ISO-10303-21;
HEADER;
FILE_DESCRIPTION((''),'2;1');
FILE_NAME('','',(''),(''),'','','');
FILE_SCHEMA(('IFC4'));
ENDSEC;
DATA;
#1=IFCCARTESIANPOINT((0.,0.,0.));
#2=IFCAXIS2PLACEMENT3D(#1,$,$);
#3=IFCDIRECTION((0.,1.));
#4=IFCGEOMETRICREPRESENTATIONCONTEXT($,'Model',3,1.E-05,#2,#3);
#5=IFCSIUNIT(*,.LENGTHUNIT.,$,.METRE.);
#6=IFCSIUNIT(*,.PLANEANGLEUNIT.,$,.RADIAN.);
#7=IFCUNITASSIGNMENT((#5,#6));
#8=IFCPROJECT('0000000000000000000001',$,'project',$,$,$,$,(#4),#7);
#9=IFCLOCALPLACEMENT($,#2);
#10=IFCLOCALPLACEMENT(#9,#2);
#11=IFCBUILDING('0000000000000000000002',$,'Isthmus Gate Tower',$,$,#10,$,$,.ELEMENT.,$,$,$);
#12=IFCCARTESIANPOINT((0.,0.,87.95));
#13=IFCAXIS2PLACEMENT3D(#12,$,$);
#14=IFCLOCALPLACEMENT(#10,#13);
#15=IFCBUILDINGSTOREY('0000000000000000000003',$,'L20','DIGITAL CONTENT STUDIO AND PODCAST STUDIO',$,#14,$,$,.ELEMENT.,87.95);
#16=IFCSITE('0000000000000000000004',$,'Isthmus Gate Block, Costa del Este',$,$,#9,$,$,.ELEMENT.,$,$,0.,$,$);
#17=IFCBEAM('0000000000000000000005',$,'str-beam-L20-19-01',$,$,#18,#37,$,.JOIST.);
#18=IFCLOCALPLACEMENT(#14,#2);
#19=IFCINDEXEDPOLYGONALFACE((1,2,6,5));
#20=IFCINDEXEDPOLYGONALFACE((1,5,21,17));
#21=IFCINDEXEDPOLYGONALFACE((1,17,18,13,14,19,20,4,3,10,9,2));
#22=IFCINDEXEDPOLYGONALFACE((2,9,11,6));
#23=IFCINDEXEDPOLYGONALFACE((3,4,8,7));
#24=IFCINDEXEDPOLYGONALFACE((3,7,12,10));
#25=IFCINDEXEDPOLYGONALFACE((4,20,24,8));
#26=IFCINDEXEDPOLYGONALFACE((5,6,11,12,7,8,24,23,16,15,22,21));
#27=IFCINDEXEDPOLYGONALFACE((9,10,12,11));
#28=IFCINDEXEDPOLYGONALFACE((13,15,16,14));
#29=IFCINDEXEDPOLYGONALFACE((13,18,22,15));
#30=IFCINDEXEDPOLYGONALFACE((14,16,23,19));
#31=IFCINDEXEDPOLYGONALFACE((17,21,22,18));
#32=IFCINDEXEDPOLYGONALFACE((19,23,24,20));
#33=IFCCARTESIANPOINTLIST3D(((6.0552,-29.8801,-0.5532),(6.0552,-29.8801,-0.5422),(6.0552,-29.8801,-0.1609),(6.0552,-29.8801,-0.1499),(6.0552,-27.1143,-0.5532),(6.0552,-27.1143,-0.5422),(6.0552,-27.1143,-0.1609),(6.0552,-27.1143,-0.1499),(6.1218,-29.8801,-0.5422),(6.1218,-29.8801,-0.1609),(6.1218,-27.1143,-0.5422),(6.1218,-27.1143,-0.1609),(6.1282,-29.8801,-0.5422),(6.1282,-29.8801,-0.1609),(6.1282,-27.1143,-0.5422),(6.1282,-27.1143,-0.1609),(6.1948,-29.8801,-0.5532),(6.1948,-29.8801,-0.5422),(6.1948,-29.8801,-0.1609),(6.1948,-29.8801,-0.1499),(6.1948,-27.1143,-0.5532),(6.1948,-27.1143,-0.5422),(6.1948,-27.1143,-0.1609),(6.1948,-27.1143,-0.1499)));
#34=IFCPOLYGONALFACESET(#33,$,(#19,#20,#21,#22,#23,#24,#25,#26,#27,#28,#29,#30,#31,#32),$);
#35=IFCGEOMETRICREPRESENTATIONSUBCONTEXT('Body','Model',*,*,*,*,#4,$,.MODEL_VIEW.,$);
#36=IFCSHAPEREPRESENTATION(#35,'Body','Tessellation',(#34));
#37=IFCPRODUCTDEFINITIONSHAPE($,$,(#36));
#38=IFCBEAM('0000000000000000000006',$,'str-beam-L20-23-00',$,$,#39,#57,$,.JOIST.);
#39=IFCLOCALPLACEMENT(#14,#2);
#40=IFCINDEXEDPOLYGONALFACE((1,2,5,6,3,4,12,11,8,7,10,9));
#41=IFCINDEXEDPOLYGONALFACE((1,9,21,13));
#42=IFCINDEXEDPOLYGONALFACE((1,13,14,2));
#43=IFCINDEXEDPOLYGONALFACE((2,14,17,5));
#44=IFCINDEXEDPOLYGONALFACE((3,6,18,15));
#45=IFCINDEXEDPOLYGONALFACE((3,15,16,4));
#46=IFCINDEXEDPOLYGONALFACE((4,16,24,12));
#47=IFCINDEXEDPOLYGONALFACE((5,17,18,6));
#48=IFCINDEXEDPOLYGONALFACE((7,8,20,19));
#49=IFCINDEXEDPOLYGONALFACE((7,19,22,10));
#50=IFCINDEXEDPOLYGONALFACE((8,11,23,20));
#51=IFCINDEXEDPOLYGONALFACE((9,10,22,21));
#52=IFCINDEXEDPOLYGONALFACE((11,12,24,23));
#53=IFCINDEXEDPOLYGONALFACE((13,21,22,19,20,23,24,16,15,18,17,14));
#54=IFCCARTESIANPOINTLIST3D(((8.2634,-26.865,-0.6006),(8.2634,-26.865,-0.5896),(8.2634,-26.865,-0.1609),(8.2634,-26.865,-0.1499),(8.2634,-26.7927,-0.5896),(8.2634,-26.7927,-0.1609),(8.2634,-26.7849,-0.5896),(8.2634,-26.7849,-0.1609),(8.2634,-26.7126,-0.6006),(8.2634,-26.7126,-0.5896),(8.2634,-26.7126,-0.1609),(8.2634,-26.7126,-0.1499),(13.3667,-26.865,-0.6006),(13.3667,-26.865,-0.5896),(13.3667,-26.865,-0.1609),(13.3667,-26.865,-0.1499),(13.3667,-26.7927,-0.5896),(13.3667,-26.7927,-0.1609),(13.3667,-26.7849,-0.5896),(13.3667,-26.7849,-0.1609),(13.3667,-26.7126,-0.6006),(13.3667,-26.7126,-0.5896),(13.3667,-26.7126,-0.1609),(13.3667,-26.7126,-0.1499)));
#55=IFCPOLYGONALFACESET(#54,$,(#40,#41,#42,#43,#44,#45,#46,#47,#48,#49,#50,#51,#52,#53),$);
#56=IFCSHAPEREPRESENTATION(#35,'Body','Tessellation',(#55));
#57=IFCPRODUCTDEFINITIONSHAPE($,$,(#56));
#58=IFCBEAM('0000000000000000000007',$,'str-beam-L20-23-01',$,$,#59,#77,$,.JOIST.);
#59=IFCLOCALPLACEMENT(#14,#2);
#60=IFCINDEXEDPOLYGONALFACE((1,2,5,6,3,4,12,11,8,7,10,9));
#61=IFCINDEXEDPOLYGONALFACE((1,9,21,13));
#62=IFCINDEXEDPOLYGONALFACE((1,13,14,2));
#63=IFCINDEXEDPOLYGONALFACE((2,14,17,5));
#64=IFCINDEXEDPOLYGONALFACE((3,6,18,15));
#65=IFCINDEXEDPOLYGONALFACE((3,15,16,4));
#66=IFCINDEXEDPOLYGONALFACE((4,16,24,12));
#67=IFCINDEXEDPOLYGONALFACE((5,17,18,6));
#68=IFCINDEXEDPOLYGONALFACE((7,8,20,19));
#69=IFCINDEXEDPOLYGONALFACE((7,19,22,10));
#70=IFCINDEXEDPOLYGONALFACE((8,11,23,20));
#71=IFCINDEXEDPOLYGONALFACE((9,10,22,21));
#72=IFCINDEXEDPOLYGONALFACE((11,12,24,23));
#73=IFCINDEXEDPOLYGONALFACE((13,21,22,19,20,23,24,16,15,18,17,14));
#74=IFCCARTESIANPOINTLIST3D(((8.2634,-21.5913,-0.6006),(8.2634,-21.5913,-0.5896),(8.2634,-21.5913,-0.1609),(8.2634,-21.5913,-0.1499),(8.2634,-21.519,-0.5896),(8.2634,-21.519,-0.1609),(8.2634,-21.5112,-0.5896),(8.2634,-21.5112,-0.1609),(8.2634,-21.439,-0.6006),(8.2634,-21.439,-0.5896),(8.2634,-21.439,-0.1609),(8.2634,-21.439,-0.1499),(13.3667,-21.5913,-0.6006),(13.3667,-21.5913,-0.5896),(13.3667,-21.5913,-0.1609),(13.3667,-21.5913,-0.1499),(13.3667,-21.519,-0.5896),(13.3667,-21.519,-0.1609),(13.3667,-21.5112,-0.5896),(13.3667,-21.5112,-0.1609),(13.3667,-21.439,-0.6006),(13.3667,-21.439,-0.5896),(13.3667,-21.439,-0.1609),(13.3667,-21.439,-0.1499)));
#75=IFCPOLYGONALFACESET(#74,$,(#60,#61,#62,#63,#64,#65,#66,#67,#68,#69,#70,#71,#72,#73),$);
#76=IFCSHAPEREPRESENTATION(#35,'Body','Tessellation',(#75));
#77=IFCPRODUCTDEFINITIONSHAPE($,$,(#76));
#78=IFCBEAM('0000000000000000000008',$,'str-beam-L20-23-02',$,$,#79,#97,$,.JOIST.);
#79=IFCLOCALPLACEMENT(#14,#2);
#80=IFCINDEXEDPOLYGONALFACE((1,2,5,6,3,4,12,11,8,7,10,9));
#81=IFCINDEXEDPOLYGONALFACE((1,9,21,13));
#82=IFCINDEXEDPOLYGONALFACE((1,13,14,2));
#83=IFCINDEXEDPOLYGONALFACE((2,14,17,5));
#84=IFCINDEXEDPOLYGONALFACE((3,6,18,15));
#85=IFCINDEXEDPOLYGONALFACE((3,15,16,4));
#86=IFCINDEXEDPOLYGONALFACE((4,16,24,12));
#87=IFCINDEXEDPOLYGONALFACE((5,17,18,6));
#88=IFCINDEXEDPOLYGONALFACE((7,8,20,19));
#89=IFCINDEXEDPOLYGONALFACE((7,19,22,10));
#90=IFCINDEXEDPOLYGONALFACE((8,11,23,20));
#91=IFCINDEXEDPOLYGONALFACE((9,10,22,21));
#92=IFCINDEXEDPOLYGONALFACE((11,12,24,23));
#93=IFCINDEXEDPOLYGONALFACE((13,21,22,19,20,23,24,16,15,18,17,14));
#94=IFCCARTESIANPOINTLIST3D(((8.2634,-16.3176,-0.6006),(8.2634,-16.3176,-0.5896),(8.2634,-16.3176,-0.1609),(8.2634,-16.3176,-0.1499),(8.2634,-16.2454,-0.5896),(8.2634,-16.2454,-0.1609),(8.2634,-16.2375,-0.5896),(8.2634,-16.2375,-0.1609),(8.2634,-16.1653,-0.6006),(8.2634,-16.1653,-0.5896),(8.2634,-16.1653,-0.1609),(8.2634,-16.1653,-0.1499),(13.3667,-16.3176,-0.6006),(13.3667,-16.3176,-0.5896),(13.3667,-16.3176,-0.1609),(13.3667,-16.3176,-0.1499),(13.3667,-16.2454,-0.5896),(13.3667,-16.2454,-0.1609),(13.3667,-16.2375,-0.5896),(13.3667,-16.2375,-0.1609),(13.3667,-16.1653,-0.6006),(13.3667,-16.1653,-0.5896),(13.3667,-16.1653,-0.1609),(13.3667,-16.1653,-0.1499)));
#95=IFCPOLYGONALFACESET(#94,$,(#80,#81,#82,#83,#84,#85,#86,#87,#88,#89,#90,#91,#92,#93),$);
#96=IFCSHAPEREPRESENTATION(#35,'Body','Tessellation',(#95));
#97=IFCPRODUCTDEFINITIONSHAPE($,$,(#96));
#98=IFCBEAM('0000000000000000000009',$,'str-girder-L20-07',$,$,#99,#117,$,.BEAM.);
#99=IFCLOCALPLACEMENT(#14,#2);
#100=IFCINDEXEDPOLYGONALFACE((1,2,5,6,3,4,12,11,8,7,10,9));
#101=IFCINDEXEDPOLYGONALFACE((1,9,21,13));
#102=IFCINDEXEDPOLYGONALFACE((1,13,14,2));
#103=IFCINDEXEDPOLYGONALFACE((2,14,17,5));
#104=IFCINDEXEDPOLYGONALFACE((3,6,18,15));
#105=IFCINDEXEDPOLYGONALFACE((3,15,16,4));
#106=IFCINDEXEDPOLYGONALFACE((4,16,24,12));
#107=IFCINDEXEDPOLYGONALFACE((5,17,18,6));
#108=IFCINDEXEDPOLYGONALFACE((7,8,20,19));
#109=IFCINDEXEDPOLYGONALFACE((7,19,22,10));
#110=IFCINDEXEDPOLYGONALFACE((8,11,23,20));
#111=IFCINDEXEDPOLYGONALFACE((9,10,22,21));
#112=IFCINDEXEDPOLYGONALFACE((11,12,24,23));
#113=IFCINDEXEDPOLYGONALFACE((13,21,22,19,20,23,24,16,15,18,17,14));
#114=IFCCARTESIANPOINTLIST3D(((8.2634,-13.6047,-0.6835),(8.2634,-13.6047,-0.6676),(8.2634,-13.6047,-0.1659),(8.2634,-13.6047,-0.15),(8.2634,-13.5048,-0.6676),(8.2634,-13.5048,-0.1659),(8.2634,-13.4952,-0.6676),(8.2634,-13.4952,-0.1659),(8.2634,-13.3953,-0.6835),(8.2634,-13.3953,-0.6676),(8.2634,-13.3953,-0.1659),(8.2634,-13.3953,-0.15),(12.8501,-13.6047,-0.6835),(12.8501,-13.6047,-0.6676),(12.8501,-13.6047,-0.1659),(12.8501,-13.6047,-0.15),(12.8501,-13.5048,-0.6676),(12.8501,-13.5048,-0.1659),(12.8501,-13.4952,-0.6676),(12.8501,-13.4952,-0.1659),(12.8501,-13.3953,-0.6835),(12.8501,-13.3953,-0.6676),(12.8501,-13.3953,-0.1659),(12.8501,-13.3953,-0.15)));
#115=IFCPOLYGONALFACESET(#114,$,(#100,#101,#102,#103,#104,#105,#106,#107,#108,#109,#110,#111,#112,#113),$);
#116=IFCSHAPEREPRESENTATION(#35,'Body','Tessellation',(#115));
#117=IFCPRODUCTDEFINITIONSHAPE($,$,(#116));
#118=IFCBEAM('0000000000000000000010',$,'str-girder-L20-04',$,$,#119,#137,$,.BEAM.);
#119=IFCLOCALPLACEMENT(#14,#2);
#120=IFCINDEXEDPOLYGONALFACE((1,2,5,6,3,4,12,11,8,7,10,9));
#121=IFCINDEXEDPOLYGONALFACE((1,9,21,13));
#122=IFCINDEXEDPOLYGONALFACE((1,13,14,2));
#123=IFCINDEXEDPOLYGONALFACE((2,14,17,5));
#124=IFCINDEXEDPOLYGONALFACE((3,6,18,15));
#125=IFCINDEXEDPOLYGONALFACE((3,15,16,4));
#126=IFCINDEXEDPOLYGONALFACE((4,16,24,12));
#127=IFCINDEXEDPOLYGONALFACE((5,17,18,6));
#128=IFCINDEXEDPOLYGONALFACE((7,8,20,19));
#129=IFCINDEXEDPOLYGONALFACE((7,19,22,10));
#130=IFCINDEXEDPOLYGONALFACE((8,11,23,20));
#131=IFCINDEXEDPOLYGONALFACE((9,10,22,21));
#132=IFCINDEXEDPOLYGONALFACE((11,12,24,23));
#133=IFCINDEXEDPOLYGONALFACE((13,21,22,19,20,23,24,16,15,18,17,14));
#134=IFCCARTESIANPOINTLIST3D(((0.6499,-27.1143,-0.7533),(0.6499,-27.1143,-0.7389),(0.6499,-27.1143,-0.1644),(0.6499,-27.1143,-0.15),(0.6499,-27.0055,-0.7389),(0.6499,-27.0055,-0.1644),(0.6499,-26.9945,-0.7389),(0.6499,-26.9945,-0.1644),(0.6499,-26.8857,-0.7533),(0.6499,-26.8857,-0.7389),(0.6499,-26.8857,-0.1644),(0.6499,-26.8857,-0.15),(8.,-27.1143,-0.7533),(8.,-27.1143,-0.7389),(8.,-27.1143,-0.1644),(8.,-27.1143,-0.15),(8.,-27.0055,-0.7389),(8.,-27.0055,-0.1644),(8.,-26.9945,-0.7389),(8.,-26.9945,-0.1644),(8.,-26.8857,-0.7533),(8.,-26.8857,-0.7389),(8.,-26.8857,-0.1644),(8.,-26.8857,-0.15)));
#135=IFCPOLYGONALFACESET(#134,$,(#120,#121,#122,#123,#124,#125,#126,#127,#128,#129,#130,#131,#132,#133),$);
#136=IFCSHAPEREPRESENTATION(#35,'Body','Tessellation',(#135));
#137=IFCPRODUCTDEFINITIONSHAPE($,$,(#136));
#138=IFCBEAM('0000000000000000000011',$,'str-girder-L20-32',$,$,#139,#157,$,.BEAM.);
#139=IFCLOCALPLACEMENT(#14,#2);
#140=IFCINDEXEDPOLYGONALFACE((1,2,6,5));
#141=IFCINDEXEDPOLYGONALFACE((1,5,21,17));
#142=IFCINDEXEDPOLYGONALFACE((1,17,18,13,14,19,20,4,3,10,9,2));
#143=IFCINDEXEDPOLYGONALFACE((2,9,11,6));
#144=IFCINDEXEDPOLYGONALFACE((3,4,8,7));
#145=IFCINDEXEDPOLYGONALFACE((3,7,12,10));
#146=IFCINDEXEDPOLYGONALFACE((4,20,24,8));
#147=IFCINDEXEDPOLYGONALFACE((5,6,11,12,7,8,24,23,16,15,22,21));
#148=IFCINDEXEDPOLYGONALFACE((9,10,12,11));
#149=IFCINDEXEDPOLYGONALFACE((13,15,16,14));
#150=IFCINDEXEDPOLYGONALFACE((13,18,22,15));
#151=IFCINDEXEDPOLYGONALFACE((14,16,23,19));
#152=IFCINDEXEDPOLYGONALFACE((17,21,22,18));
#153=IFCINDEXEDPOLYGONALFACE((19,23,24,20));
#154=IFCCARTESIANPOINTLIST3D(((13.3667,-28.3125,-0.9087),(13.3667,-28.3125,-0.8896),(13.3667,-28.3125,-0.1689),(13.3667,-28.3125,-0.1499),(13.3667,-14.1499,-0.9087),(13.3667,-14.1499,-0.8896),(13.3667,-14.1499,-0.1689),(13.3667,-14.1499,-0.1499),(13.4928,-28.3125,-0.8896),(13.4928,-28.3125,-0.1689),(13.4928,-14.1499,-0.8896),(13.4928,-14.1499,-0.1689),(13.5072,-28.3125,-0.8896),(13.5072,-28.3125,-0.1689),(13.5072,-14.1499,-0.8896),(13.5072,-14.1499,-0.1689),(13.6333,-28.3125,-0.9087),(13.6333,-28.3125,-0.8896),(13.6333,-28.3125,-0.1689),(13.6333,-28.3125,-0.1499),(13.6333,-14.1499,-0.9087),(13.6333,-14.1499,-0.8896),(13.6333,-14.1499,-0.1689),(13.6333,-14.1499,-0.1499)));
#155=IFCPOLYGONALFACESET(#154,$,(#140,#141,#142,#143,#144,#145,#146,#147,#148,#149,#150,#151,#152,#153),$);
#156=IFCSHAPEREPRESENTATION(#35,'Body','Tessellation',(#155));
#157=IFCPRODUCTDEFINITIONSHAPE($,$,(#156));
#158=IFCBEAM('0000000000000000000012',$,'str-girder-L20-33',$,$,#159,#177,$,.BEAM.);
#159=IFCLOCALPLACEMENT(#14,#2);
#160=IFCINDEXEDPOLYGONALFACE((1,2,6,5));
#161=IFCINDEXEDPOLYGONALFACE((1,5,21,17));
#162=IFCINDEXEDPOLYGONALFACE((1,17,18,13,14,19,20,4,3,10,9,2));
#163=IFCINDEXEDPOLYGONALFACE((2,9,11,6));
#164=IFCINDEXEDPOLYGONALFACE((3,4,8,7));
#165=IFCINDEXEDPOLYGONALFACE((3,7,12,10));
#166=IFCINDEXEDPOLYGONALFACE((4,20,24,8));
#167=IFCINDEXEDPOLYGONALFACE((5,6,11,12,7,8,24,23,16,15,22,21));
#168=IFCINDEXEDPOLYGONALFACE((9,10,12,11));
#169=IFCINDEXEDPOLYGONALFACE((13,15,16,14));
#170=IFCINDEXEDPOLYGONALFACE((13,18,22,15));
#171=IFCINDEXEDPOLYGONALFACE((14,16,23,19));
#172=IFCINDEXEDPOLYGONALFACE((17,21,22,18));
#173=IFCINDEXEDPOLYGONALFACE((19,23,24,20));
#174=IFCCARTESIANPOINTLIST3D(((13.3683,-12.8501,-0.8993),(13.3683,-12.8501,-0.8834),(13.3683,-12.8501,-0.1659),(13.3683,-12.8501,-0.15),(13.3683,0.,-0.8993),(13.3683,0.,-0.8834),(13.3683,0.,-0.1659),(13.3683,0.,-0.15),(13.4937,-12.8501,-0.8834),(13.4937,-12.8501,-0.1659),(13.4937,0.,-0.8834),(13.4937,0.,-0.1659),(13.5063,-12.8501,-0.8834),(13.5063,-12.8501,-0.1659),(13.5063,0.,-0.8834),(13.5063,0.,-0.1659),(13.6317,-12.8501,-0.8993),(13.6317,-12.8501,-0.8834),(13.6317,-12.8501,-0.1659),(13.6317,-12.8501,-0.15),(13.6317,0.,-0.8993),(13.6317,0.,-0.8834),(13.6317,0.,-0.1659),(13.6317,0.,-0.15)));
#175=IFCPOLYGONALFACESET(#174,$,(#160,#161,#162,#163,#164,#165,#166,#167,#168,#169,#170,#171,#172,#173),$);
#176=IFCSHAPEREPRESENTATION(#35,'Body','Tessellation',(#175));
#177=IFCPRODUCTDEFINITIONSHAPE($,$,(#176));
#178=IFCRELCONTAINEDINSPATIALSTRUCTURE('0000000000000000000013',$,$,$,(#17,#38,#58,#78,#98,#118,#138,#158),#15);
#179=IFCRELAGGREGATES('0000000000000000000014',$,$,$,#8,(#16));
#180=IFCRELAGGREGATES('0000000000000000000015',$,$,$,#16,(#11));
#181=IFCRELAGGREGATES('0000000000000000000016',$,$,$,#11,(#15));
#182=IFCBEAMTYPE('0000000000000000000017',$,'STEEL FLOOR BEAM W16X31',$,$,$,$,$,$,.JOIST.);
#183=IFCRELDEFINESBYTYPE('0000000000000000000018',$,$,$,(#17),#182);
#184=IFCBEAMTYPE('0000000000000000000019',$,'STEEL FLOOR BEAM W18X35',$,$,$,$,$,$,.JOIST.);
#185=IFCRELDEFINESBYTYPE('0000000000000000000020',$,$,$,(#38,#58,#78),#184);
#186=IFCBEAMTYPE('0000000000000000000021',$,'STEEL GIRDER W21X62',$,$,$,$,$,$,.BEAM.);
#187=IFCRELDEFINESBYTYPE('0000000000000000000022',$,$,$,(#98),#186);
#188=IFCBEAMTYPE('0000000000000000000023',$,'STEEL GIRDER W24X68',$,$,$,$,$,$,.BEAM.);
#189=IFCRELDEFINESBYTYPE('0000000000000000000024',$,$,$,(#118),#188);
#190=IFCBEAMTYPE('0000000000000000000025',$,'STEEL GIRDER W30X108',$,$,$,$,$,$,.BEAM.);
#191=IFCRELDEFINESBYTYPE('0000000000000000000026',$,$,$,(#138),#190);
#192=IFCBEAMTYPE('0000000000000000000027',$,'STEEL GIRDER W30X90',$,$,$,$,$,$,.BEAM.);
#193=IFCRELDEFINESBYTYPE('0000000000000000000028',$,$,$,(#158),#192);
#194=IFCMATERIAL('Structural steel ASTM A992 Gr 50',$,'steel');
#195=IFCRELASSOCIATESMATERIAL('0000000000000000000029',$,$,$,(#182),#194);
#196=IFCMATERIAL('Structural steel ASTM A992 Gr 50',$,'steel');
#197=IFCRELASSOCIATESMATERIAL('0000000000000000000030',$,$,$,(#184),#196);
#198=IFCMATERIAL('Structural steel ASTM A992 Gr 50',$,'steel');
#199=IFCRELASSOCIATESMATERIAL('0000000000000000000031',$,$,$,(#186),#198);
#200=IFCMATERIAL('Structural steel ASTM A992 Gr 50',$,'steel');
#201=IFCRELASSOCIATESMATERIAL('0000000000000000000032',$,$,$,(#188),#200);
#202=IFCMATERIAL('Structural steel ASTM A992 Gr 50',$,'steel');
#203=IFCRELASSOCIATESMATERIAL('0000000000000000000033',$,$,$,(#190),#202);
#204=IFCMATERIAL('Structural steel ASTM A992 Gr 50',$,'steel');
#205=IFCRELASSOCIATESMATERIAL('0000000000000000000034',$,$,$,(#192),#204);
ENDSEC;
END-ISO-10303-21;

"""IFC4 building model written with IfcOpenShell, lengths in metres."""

from ifc_helpers import new_model, si_unit, direction, frame, origin, origin_2d, place, context, subcontext, project, spatial, i_section, extrude, material, material_profile, profile_set, type_object, element, save


model = new_model("IFC4")

# Units and contexts
model_context = context("Model", 3, precision=1e-05, world=origin(), true_north=direction((0.0, 1.0)))
body_context = subcontext(model_context, "Body", "Model", "MODEL_VIEW")
ifc_project = project(units=[si_unit("LENGTHUNIT", "METRE"), si_unit("PLANEANGLEUNIT", "RADIAN")], contexts=[model_context])

# Site, building, storey
site_placement = place(None, origin())
site = spatial("IfcSite", under=ifc_project, at=site_placement, Name="Isthmus Gate Block, Costa del Este", CompositionType="ELEMENT", RefElevation=0.0)
building_placement = place(site_placement, origin())
building = spatial("IfcBuilding", under=site, at=building_placement, Name="Isthmus Gate Tower", CompositionType="ELEMENT")
storey_placement = place(building_placement, frame((0.0, 0.0, 87.95)))
storey = spatial("IfcBuildingStorey", under=building, at=storey_placement, Name="L20", Description="DIGITAL CONTENT STUDIO AND PODCAST STUDIO", CompositionType="ELEMENT", Elevation=87.95)

# Beams
ifc_material_1 = material(Name="Structural steel ASTM A992 Gr 50", Category="steel")
ifc_material_profile_1 = material_profile(ifc_material_1, i_section(OverallWidth=0.1396, OverallDepth=0.4033, WebThickness=0.0063, FlangeThickness=0.011, at=origin_2d()), Name="W16X31")
ifc_profile_set_1 = profile_set([ifc_material_profile_1], Name="Structural steel ASTM A992 Gr 50")
beam_type_1 = type_object("IfcBeamType", Name="STEEL FLOOR BEAM W16X31", PredefinedType="JOIST", material=ifc_profile_set_1)
beam_1_placement = place(storey_placement, frame((6.125, -29.8801, -0.3516), z_axis=(0.0, 1.0, 0.0), x_axis=(-1.0, 0.0, 0.0)))
element("IfcBeam", 1, at=beam_1_placement, inside=storey, type_object=beam_type_1, Name="str-beam-L20-19-01", PredefinedType="JOIST", context=body_context, shape_type="SweptSolid", body=[
    extrude(i_section(OverallWidth=0.1396, OverallDepth=0.4033, WebThickness=0.0063, FlangeThickness=0.011, at=origin_2d()), origin(), (0.0, 0.0, 1.0), 2.7659),
])
ifc_material_2 = material(Name="Structural steel ASTM A992 Gr 50", Category="steel")
ifc_material_profile_2 = material_profile(ifc_material_2, i_section(OverallWidth=0.1523, OverallDepth=0.4507, WebThickness=0.0078, FlangeThickness=0.011, at=origin_2d()), Name="W18X35")
ifc_profile_set_2 = profile_set([ifc_material_profile_2], Name="Structural steel ASTM A992 Gr 50")
beam_type_2 = type_object("IfcBeamType", Name="STEEL FLOOR BEAM W18X35", PredefinedType="JOIST", material=ifc_profile_set_2)
for number, where, z_axis, x_axis, name in (
    (2, (8.2634, -26.7888, -0.3752), (1.0, 0.0, 0.0), (0.0, 1.0, 0.0), "str-beam-L20-23-00"),
    (3, (8.2634, -21.5151, -0.3752), (1.0, 0.0, 0.0), (0.0, 1.0, 0.0), "str-beam-L20-23-01"),
    (4, (8.2634, -16.2415, -0.3752), (1.0, 0.0, 0.0), (0.0, 1.0, 0.0), "str-beam-L20-23-02"),
):
    element("IfcBeam", number, at=place(storey_placement, frame(where, z_axis=z_axis, x_axis=x_axis)), inside=storey, type_object=beam_type_2, Name=name, PredefinedType="JOIST", context=body_context, shape_type="SweptSolid", body=[
        extrude(i_section(OverallWidth=0.1523, OverallDepth=0.4507, WebThickness=0.0078, FlangeThickness=0.011, at=origin_2d()), origin(), (0.0, 0.0, 1.0), 5.1033),
    ])
ifc_material_3 = material(Name="Structural steel ASTM A992 Gr 50", Category="steel")
ifc_material_profile_3 = material_profile(ifc_material_3, i_section(OverallWidth=0.2095, OverallDepth=0.5334, WebThickness=0.0095, FlangeThickness=0.0159, at=origin_2d()), Name="W21X62")
ifc_profile_set_3 = profile_set([ifc_material_profile_3], Name="Structural steel ASTM A992 Gr 50")
beam_type_3 = type_object("IfcBeamType", Name="STEEL GIRDER W21X62", PredefinedType="BEAM", material=ifc_profile_set_3)
beam_2_placement = place(storey_placement, frame((8.2634, -13.5, -0.4167), z_axis=(1.0, 0.0, 0.0), x_axis=(0.0, 1.0, 0.0)))
element("IfcBeam", 5, at=beam_2_placement, inside=storey, type_object=beam_type_3, Name="str-girder-L20-07", PredefinedType="BEAM", context=body_context, shape_type="SweptSolid", body=[
    extrude(i_section(OverallWidth=0.2095, OverallDepth=0.5334, WebThickness=0.0095, FlangeThickness=0.0159, at=origin_2d()), origin(), (0.0, 0.0, 1.0), 4.5867),
])
ifc_material_4 = material(Name="Structural steel ASTM A992 Gr 50", Category="steel")
ifc_material_profile_4 = material_profile(ifc_material_4, i_section(OverallWidth=0.2285, OverallDepth=0.6033, WebThickness=0.011, FlangeThickness=0.0144, at=origin_2d()), Name="W24X68")
ifc_profile_set_4 = profile_set([ifc_material_profile_4], Name="Structural steel ASTM A992 Gr 50")
beam_type_4 = type_object("IfcBeamType", Name="STEEL GIRDER W24X68", PredefinedType="BEAM", material=ifc_profile_set_4)
beam_3_placement = place(storey_placement, frame((0.6499, -27.0, -0.4517), z_axis=(1.0, 0.0, 0.0), x_axis=(0.0, 1.0, 0.0)))
element("IfcBeam", 6, at=beam_3_placement, inside=storey, type_object=beam_type_4, Name="str-girder-L20-04", PredefinedType="BEAM", context=body_context, shape_type="SweptSolid", body=[
    extrude(i_section(OverallWidth=0.2285, OverallDepth=0.6033, WebThickness=0.011, FlangeThickness=0.0144, at=origin_2d()), origin(), (0.0, 0.0, 1.0), 7.3501),
])
ifc_material_5 = material(Name="Structural steel ASTM A992 Gr 50", Category="steel")
ifc_material_profile_5 = material_profile(ifc_material_5, i_section(OverallWidth=0.2666, OverallDepth=0.7588, WebThickness=0.0144, FlangeThickness=0.019, at=origin_2d()), Name="W30X108")
ifc_profile_set_5 = profile_set([ifc_material_profile_5], Name="Structural steel ASTM A992 Gr 50")
beam_type_5 = type_object("IfcBeamType", Name="STEEL GIRDER W30X108", PredefinedType="BEAM", material=ifc_profile_set_5)
beam_4_placement = place(storey_placement, frame((13.5, -28.3125, -0.5293), z_axis=(0.0, 1.0, 0.0), x_axis=(-1.0, 0.0, 0.0)))
element("IfcBeam", 7, at=beam_4_placement, inside=storey, type_object=beam_type_5, Name="str-girder-L20-32", PredefinedType="BEAM", context=body_context, shape_type="SweptSolid", body=[
    extrude(i_section(OverallWidth=0.2666, OverallDepth=0.7588, WebThickness=0.0144, FlangeThickness=0.019, at=origin_2d()), origin(), (0.0, 0.0, 1.0), 14.1626),
])
ifc_material_6 = material(Name="Structural steel ASTM A992 Gr 50", Category="steel")
ifc_material_profile_6 = material_profile(ifc_material_6, i_section(OverallWidth=0.2634, OverallDepth=0.7493, WebThickness=0.0127, FlangeThickness=0.0159, at=origin_2d()), Name="W30X90")
ifc_profile_set_6 = profile_set([ifc_material_profile_6], Name="Structural steel ASTM A992 Gr 50")
beam_type_6 = type_object("IfcBeamType", Name="STEEL GIRDER W30X90", PredefinedType="BEAM", material=ifc_profile_set_6)
beam_5_placement = place(storey_placement, frame((13.5, -12.8501, -0.5247), z_axis=(0.0, 1.0, 0.0), x_axis=(-1.0, 0.0, 0.0)))
element("IfcBeam", 8, at=beam_5_placement, inside=storey, type_object=beam_type_6, Name="str-girder-L20-33", PredefinedType="BEAM", context=body_context, shape_type="SweptSolid", body=[
    extrude(i_section(OverallWidth=0.2634, OverallDepth=0.7493, WebThickness=0.0127, FlangeThickness=0.0159, at=origin_2d()), origin(), (0.0, 0.0, 1.0), 12.8501),
])

save(model, "model.ifc")
